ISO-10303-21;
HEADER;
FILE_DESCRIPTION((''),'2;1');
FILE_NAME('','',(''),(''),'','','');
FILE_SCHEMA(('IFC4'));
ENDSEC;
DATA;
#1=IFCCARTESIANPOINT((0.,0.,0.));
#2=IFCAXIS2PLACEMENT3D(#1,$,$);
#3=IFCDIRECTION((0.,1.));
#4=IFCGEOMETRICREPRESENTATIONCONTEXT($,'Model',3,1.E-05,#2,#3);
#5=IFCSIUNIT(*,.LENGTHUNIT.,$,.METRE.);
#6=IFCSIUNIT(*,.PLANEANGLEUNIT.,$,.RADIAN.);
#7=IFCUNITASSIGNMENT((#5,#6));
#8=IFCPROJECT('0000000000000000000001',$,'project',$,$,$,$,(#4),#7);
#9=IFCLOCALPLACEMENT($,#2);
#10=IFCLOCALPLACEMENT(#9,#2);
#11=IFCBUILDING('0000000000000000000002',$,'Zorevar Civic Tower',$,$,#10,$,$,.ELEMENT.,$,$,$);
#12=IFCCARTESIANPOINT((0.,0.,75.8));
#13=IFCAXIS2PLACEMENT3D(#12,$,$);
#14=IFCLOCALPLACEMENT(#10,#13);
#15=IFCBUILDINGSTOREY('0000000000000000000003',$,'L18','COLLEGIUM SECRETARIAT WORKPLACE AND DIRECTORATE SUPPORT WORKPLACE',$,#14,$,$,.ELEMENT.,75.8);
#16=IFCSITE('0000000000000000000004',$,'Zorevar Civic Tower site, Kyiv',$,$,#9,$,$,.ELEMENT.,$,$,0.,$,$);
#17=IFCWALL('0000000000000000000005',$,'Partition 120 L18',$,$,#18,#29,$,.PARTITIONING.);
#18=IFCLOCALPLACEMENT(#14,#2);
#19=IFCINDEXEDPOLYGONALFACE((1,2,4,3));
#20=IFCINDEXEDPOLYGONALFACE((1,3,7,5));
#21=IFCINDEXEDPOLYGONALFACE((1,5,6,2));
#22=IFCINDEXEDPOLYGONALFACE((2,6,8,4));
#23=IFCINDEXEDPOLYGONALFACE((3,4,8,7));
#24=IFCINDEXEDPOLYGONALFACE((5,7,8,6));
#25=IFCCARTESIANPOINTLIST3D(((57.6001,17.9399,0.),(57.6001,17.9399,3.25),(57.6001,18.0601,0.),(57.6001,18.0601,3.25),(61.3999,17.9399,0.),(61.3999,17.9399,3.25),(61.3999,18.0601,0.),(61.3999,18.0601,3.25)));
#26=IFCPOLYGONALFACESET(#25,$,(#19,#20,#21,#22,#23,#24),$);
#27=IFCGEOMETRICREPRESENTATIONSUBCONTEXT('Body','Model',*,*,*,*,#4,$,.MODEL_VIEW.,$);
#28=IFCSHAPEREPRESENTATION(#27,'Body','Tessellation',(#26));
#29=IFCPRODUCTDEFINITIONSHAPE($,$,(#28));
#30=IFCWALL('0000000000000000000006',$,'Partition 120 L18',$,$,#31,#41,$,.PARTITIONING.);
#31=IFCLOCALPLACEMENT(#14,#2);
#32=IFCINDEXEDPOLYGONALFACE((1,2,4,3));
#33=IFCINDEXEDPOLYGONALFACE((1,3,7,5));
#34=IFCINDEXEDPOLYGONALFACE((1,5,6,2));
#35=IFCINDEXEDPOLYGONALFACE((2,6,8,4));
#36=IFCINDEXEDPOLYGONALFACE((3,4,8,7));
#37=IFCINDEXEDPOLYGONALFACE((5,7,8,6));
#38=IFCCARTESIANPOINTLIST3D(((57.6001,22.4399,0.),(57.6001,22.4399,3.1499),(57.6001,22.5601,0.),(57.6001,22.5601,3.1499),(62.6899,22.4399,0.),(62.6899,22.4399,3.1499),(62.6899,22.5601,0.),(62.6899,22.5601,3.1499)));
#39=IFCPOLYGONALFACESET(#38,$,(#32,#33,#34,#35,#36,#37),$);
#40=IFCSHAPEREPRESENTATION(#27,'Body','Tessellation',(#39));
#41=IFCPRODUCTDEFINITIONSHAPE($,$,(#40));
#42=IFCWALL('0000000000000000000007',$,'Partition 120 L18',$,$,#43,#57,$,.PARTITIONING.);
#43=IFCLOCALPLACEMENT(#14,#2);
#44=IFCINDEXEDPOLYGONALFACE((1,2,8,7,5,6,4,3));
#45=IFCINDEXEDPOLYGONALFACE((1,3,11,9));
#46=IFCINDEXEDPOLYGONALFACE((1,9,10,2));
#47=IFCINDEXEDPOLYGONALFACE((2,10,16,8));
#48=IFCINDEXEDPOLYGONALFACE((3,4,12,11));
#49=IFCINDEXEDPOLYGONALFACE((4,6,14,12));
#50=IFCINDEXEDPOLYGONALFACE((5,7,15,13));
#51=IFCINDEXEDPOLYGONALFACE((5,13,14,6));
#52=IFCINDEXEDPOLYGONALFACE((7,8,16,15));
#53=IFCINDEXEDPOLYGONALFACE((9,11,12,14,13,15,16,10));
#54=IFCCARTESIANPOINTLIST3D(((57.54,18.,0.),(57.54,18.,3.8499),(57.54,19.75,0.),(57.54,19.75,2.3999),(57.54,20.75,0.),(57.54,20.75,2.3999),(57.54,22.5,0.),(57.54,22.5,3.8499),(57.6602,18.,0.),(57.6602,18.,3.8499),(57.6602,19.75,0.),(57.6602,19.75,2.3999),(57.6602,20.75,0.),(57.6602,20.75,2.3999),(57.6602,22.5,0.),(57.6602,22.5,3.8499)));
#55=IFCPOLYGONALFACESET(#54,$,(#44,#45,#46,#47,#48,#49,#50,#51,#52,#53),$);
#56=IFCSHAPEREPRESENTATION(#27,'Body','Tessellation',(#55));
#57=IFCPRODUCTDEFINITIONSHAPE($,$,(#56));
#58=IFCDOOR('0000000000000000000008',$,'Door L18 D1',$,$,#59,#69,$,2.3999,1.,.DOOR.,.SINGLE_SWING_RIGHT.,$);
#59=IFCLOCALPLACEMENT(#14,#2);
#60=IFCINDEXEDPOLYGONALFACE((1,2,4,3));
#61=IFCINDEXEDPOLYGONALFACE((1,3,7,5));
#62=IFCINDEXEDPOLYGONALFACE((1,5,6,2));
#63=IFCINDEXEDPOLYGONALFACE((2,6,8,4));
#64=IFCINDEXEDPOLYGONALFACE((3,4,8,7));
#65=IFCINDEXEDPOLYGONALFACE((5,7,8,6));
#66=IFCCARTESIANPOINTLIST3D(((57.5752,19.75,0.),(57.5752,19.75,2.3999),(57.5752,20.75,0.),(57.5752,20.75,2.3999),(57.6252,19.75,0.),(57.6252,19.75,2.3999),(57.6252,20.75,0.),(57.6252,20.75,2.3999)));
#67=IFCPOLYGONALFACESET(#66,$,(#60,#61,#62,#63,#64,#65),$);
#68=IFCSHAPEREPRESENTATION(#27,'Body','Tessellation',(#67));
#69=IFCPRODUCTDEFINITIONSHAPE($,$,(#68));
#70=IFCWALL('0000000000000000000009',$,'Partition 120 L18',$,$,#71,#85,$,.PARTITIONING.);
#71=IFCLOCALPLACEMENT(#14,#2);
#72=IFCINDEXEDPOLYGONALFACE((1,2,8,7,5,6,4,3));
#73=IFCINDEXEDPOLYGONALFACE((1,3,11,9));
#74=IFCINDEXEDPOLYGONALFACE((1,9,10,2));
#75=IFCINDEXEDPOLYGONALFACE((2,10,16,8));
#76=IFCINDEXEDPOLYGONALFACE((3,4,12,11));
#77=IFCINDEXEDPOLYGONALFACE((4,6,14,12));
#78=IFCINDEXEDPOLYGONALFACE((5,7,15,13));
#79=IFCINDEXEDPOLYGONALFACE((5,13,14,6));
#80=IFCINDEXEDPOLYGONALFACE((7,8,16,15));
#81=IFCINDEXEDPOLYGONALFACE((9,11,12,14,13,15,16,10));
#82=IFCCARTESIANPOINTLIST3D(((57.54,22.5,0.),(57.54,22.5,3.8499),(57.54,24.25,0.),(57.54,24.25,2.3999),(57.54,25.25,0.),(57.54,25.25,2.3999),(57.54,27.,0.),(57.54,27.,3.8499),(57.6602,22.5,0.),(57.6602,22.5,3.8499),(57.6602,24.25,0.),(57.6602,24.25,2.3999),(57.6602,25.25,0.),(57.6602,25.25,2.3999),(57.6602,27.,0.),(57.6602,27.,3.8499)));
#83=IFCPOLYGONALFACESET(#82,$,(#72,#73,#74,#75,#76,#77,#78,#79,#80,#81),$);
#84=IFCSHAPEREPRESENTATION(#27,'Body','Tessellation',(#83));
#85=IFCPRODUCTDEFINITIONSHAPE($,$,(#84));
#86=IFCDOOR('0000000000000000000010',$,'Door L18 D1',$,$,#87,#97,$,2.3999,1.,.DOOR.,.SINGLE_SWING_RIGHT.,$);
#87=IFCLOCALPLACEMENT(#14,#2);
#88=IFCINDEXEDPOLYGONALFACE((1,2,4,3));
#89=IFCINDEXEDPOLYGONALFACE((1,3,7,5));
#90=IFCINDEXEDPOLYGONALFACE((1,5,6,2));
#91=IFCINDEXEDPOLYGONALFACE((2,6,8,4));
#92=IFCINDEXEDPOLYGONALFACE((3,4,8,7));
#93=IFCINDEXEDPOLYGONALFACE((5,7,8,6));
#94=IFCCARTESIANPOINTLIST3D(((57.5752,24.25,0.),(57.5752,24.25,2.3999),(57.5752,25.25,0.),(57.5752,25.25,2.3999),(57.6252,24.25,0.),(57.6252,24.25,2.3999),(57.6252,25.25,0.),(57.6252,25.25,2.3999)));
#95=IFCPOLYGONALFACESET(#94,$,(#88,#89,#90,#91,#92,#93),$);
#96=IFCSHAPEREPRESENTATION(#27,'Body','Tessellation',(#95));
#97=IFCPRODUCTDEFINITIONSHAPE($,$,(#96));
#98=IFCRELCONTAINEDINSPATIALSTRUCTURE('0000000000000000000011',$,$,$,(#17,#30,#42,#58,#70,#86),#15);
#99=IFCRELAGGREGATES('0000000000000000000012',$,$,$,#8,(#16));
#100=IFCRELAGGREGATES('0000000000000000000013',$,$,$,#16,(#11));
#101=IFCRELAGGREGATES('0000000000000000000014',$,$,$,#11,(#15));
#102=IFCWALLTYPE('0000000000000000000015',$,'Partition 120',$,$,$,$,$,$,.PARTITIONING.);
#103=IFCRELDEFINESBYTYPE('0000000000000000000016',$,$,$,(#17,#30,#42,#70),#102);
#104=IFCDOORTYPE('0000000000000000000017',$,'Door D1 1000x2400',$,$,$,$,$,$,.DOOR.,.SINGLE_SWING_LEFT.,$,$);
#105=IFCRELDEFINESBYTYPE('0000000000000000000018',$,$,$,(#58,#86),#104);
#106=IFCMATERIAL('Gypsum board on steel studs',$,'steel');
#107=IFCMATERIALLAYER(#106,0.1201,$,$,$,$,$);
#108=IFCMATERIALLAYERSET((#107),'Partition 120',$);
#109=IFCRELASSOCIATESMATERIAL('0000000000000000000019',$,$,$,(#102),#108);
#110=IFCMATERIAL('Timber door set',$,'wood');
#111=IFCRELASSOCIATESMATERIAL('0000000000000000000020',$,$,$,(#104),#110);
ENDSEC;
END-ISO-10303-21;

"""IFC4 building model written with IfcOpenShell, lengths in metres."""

from ifc_helpers import new_model, si_unit, direction, frame, frame_2d, origin, place, context, subcontext, project, spatial, rectangle, extrude, material, layer, layer_set, type_object, element, fill, save


model = new_model("IFC4")

# Units and contexts
model_context = context("Model", 3, precision=1e-05, world=origin(), true_north=direction((0.0, 1.0)))
body_context = subcontext(model_context, "Body", "Model", "MODEL_VIEW")
ifc_project = project(units=[si_unit("LENGTHUNIT", "METRE"), si_unit("PLANEANGLEUNIT", "RADIAN")], contexts=[model_context])

# Site, building, storey
site_placement = place(None, origin())
site = spatial("IfcSite", under=ifc_project, at=site_placement, Name="Zorevar Civic Tower site, Kyiv", CompositionType="ELEMENT", RefElevation=0.0)
building_placement = place(site_placement, origin())
building = spatial("IfcBuilding", under=site, at=building_placement, Name="Zorevar Civic Tower", CompositionType="ELEMENT")
storey_placement = place(building_placement, frame((0.0, 0.0, 75.8)))
storey = spatial("IfcBuildingStorey", under=building, at=storey_placement, Name="L18", Description="COLLEGIUM SECRETARIAT WORKPLACE AND DIRECTORATE SUPPORT WORKPLACE", CompositionType="ELEMENT", Elevation=75.8)

# Walls
ifc_material_1 = material(Name="Gypsum board on steel studs", Category="steel")
ifc_layer_1 = layer(ifc_material_1, 0.1201)
ifc_layer_set_1 = layer_set([ifc_layer_1], Name="Partition 120")
wall_type_1 = type_object("IfcWallType", Name="Partition 120", PredefinedType="PARTITIONING", material=ifc_layer_set_1)
wall_1_placement = place(storey_placement, frame((57.6001, 18.0, 0.0), z_axis=(0.0, 0.0, 1.0), x_axis=(1.0, 0.0, 0.0)))
element("IfcWall", 1, at=wall_1_placement, inside=storey, type_object=wall_type_1, Name="Partition 120 L18", PredefinedType="PARTITIONING", context=body_context, shape_type="SweptSolid", body=[
    extrude(rectangle(XDim=3.7998, YDim=0.1201, at=frame_2d((1.8999, 0.0))), origin(), (0.0, 0.0, 1.0), 3.25),
])
wall_2_placement = place(storey_placement, frame((57.6001, 22.5, 0.0), z_axis=(0.0, 0.0, 1.0), x_axis=(1.0, 0.0, 0.0)))
element("IfcWall", 2, at=wall_2_placement, inside=storey, type_object=wall_type_1, Name="Partition 120 L18", PredefinedType="PARTITIONING", context=body_context, shape_type="SweptSolid", body=[
    extrude(rectangle(XDim=5.0898, YDim=0.1201, at=frame_2d((2.5449, 0.0))), origin(), (0.0, 0.0, 1.0), 3.1499),
])

# Walls, openings, doors
wall_3_placement = place(storey_placement, frame((57.6001, 18.0, 0.0), z_axis=(0.0, 0.0, 1.0), x_axis=(0.0, 1.0, 0.0)))
wall_3 = element("IfcWall", 3, at=wall_3_placement, inside=storey, type_object=wall_type_1, Name="Partition 120 L18", PredefinedType="PARTITIONING", context=body_context, shape_type="SweptSolid", body=[
    extrude(rectangle(XDim=4.5, YDim=0.1201, at=frame_2d((2.25, 0.0))), origin(), (0.0, 0.0, 1.0), 3.8499),
])
opening_1_placement = place(wall_3_placement, frame((1.75, 0.0, 0.0)))
opening_1 = element("IfcOpeningElement", 4, at=opening_1_placement, cuts=wall_3, PredefinedType="OPENING", context=body_context, shape_type="SweptSolid", body=[
    extrude(rectangle(XDim=1.0, YDim=2.3999, at=frame_2d((0.5, 1.2))), frame((0.0, 0.0701, 0.0), z_axis=(0.0, -1.0, 0.0), x_axis=(1.0, 0.0, 0.0)), (0.0, 0.0, 1.0), 0.1401),
])
ifc_material_2 = material(Name="Timber door set", Category="wood")
door_type_1 = type_object("IfcDoorType", Name="Door D1 1000x2400", OperationType="SINGLE_SWING_LEFT", PredefinedType="DOOR", material=ifc_material_2)
door_1_placement = place(opening_1_placement, origin())
door_1 = element("IfcDoor", 5, at=door_1_placement, inside=storey, type_object=door_type_1, Name="Door L18 D1", OperationType="SINGLE_SWING_RIGHT", OverallHeight=2.3999, OverallWidth=1.0, PredefinedType="DOOR", context=body_context, shape_type="SweptSolid", body=[
    extrude(rectangle(XDim=1.0, YDim=2.3999, at=frame_2d((0.5, 1.2))), frame((0.0, 0.0249, 0.0), z_axis=(0.0, -1.0, 0.0), x_axis=(1.0, 0.0, 0.0)), (0.0, 0.0, 1.0), 0.05),
])
fill(opening_1, door_1)
wall_4_placement = place(storey_placement, frame((57.6001, 22.5, 0.0), z_axis=(0.0, 0.0, 1.0), x_axis=(0.0, 1.0, 0.0)))
wall_4 = element("IfcWall", 6, at=wall_4_placement, inside=storey, type_object=wall_type_1, Name="Partition 120 L18", PredefinedType="PARTITIONING", context=body_context, shape_type="SweptSolid", body=[
    extrude(rectangle(XDim=4.5, YDim=0.1201, at=frame_2d((2.25, 0.0))), origin(), (0.0, 0.0, 1.0), 3.8499),
])
opening_2_placement = place(wall_4_placement, frame((1.75, 0.0, 0.0)))
opening_2 = element("IfcOpeningElement", 7, at=opening_2_placement, cuts=wall_4, PredefinedType="OPENING", context=body_context, shape_type="SweptSolid", body=[
    extrude(rectangle(XDim=1.0, YDim=2.3999, at=frame_2d((0.5, 1.2))), frame((0.0, 0.0701, 0.0), z_axis=(0.0, -1.0, 0.0), x_axis=(1.0, 0.0, 0.0)), (0.0, 0.0, 1.0), 0.1401),
])
door_2_placement = place(opening_2_placement, origin())
door_2 = element("IfcDoor", 8, at=door_2_placement, inside=storey, type_object=door_type_1, Name="Door L18 D1", OperationType="SINGLE_SWING_RIGHT", OverallHeight=2.3999, OverallWidth=1.0, PredefinedType="DOOR", context=body_context, shape_type="SweptSolid", body=[
    extrude(rectangle(XDim=1.0, YDim=2.3999, at=frame_2d((0.5, 1.2))), frame((0.0, 0.0249, 0.0), z_axis=(0.0, -1.0, 0.0), x_axis=(1.0, 0.0, 0.0)), (0.0, 0.0, 1.0), 0.05),
])
fill(opening_2, door_2)

save(model, "model.ifc")
